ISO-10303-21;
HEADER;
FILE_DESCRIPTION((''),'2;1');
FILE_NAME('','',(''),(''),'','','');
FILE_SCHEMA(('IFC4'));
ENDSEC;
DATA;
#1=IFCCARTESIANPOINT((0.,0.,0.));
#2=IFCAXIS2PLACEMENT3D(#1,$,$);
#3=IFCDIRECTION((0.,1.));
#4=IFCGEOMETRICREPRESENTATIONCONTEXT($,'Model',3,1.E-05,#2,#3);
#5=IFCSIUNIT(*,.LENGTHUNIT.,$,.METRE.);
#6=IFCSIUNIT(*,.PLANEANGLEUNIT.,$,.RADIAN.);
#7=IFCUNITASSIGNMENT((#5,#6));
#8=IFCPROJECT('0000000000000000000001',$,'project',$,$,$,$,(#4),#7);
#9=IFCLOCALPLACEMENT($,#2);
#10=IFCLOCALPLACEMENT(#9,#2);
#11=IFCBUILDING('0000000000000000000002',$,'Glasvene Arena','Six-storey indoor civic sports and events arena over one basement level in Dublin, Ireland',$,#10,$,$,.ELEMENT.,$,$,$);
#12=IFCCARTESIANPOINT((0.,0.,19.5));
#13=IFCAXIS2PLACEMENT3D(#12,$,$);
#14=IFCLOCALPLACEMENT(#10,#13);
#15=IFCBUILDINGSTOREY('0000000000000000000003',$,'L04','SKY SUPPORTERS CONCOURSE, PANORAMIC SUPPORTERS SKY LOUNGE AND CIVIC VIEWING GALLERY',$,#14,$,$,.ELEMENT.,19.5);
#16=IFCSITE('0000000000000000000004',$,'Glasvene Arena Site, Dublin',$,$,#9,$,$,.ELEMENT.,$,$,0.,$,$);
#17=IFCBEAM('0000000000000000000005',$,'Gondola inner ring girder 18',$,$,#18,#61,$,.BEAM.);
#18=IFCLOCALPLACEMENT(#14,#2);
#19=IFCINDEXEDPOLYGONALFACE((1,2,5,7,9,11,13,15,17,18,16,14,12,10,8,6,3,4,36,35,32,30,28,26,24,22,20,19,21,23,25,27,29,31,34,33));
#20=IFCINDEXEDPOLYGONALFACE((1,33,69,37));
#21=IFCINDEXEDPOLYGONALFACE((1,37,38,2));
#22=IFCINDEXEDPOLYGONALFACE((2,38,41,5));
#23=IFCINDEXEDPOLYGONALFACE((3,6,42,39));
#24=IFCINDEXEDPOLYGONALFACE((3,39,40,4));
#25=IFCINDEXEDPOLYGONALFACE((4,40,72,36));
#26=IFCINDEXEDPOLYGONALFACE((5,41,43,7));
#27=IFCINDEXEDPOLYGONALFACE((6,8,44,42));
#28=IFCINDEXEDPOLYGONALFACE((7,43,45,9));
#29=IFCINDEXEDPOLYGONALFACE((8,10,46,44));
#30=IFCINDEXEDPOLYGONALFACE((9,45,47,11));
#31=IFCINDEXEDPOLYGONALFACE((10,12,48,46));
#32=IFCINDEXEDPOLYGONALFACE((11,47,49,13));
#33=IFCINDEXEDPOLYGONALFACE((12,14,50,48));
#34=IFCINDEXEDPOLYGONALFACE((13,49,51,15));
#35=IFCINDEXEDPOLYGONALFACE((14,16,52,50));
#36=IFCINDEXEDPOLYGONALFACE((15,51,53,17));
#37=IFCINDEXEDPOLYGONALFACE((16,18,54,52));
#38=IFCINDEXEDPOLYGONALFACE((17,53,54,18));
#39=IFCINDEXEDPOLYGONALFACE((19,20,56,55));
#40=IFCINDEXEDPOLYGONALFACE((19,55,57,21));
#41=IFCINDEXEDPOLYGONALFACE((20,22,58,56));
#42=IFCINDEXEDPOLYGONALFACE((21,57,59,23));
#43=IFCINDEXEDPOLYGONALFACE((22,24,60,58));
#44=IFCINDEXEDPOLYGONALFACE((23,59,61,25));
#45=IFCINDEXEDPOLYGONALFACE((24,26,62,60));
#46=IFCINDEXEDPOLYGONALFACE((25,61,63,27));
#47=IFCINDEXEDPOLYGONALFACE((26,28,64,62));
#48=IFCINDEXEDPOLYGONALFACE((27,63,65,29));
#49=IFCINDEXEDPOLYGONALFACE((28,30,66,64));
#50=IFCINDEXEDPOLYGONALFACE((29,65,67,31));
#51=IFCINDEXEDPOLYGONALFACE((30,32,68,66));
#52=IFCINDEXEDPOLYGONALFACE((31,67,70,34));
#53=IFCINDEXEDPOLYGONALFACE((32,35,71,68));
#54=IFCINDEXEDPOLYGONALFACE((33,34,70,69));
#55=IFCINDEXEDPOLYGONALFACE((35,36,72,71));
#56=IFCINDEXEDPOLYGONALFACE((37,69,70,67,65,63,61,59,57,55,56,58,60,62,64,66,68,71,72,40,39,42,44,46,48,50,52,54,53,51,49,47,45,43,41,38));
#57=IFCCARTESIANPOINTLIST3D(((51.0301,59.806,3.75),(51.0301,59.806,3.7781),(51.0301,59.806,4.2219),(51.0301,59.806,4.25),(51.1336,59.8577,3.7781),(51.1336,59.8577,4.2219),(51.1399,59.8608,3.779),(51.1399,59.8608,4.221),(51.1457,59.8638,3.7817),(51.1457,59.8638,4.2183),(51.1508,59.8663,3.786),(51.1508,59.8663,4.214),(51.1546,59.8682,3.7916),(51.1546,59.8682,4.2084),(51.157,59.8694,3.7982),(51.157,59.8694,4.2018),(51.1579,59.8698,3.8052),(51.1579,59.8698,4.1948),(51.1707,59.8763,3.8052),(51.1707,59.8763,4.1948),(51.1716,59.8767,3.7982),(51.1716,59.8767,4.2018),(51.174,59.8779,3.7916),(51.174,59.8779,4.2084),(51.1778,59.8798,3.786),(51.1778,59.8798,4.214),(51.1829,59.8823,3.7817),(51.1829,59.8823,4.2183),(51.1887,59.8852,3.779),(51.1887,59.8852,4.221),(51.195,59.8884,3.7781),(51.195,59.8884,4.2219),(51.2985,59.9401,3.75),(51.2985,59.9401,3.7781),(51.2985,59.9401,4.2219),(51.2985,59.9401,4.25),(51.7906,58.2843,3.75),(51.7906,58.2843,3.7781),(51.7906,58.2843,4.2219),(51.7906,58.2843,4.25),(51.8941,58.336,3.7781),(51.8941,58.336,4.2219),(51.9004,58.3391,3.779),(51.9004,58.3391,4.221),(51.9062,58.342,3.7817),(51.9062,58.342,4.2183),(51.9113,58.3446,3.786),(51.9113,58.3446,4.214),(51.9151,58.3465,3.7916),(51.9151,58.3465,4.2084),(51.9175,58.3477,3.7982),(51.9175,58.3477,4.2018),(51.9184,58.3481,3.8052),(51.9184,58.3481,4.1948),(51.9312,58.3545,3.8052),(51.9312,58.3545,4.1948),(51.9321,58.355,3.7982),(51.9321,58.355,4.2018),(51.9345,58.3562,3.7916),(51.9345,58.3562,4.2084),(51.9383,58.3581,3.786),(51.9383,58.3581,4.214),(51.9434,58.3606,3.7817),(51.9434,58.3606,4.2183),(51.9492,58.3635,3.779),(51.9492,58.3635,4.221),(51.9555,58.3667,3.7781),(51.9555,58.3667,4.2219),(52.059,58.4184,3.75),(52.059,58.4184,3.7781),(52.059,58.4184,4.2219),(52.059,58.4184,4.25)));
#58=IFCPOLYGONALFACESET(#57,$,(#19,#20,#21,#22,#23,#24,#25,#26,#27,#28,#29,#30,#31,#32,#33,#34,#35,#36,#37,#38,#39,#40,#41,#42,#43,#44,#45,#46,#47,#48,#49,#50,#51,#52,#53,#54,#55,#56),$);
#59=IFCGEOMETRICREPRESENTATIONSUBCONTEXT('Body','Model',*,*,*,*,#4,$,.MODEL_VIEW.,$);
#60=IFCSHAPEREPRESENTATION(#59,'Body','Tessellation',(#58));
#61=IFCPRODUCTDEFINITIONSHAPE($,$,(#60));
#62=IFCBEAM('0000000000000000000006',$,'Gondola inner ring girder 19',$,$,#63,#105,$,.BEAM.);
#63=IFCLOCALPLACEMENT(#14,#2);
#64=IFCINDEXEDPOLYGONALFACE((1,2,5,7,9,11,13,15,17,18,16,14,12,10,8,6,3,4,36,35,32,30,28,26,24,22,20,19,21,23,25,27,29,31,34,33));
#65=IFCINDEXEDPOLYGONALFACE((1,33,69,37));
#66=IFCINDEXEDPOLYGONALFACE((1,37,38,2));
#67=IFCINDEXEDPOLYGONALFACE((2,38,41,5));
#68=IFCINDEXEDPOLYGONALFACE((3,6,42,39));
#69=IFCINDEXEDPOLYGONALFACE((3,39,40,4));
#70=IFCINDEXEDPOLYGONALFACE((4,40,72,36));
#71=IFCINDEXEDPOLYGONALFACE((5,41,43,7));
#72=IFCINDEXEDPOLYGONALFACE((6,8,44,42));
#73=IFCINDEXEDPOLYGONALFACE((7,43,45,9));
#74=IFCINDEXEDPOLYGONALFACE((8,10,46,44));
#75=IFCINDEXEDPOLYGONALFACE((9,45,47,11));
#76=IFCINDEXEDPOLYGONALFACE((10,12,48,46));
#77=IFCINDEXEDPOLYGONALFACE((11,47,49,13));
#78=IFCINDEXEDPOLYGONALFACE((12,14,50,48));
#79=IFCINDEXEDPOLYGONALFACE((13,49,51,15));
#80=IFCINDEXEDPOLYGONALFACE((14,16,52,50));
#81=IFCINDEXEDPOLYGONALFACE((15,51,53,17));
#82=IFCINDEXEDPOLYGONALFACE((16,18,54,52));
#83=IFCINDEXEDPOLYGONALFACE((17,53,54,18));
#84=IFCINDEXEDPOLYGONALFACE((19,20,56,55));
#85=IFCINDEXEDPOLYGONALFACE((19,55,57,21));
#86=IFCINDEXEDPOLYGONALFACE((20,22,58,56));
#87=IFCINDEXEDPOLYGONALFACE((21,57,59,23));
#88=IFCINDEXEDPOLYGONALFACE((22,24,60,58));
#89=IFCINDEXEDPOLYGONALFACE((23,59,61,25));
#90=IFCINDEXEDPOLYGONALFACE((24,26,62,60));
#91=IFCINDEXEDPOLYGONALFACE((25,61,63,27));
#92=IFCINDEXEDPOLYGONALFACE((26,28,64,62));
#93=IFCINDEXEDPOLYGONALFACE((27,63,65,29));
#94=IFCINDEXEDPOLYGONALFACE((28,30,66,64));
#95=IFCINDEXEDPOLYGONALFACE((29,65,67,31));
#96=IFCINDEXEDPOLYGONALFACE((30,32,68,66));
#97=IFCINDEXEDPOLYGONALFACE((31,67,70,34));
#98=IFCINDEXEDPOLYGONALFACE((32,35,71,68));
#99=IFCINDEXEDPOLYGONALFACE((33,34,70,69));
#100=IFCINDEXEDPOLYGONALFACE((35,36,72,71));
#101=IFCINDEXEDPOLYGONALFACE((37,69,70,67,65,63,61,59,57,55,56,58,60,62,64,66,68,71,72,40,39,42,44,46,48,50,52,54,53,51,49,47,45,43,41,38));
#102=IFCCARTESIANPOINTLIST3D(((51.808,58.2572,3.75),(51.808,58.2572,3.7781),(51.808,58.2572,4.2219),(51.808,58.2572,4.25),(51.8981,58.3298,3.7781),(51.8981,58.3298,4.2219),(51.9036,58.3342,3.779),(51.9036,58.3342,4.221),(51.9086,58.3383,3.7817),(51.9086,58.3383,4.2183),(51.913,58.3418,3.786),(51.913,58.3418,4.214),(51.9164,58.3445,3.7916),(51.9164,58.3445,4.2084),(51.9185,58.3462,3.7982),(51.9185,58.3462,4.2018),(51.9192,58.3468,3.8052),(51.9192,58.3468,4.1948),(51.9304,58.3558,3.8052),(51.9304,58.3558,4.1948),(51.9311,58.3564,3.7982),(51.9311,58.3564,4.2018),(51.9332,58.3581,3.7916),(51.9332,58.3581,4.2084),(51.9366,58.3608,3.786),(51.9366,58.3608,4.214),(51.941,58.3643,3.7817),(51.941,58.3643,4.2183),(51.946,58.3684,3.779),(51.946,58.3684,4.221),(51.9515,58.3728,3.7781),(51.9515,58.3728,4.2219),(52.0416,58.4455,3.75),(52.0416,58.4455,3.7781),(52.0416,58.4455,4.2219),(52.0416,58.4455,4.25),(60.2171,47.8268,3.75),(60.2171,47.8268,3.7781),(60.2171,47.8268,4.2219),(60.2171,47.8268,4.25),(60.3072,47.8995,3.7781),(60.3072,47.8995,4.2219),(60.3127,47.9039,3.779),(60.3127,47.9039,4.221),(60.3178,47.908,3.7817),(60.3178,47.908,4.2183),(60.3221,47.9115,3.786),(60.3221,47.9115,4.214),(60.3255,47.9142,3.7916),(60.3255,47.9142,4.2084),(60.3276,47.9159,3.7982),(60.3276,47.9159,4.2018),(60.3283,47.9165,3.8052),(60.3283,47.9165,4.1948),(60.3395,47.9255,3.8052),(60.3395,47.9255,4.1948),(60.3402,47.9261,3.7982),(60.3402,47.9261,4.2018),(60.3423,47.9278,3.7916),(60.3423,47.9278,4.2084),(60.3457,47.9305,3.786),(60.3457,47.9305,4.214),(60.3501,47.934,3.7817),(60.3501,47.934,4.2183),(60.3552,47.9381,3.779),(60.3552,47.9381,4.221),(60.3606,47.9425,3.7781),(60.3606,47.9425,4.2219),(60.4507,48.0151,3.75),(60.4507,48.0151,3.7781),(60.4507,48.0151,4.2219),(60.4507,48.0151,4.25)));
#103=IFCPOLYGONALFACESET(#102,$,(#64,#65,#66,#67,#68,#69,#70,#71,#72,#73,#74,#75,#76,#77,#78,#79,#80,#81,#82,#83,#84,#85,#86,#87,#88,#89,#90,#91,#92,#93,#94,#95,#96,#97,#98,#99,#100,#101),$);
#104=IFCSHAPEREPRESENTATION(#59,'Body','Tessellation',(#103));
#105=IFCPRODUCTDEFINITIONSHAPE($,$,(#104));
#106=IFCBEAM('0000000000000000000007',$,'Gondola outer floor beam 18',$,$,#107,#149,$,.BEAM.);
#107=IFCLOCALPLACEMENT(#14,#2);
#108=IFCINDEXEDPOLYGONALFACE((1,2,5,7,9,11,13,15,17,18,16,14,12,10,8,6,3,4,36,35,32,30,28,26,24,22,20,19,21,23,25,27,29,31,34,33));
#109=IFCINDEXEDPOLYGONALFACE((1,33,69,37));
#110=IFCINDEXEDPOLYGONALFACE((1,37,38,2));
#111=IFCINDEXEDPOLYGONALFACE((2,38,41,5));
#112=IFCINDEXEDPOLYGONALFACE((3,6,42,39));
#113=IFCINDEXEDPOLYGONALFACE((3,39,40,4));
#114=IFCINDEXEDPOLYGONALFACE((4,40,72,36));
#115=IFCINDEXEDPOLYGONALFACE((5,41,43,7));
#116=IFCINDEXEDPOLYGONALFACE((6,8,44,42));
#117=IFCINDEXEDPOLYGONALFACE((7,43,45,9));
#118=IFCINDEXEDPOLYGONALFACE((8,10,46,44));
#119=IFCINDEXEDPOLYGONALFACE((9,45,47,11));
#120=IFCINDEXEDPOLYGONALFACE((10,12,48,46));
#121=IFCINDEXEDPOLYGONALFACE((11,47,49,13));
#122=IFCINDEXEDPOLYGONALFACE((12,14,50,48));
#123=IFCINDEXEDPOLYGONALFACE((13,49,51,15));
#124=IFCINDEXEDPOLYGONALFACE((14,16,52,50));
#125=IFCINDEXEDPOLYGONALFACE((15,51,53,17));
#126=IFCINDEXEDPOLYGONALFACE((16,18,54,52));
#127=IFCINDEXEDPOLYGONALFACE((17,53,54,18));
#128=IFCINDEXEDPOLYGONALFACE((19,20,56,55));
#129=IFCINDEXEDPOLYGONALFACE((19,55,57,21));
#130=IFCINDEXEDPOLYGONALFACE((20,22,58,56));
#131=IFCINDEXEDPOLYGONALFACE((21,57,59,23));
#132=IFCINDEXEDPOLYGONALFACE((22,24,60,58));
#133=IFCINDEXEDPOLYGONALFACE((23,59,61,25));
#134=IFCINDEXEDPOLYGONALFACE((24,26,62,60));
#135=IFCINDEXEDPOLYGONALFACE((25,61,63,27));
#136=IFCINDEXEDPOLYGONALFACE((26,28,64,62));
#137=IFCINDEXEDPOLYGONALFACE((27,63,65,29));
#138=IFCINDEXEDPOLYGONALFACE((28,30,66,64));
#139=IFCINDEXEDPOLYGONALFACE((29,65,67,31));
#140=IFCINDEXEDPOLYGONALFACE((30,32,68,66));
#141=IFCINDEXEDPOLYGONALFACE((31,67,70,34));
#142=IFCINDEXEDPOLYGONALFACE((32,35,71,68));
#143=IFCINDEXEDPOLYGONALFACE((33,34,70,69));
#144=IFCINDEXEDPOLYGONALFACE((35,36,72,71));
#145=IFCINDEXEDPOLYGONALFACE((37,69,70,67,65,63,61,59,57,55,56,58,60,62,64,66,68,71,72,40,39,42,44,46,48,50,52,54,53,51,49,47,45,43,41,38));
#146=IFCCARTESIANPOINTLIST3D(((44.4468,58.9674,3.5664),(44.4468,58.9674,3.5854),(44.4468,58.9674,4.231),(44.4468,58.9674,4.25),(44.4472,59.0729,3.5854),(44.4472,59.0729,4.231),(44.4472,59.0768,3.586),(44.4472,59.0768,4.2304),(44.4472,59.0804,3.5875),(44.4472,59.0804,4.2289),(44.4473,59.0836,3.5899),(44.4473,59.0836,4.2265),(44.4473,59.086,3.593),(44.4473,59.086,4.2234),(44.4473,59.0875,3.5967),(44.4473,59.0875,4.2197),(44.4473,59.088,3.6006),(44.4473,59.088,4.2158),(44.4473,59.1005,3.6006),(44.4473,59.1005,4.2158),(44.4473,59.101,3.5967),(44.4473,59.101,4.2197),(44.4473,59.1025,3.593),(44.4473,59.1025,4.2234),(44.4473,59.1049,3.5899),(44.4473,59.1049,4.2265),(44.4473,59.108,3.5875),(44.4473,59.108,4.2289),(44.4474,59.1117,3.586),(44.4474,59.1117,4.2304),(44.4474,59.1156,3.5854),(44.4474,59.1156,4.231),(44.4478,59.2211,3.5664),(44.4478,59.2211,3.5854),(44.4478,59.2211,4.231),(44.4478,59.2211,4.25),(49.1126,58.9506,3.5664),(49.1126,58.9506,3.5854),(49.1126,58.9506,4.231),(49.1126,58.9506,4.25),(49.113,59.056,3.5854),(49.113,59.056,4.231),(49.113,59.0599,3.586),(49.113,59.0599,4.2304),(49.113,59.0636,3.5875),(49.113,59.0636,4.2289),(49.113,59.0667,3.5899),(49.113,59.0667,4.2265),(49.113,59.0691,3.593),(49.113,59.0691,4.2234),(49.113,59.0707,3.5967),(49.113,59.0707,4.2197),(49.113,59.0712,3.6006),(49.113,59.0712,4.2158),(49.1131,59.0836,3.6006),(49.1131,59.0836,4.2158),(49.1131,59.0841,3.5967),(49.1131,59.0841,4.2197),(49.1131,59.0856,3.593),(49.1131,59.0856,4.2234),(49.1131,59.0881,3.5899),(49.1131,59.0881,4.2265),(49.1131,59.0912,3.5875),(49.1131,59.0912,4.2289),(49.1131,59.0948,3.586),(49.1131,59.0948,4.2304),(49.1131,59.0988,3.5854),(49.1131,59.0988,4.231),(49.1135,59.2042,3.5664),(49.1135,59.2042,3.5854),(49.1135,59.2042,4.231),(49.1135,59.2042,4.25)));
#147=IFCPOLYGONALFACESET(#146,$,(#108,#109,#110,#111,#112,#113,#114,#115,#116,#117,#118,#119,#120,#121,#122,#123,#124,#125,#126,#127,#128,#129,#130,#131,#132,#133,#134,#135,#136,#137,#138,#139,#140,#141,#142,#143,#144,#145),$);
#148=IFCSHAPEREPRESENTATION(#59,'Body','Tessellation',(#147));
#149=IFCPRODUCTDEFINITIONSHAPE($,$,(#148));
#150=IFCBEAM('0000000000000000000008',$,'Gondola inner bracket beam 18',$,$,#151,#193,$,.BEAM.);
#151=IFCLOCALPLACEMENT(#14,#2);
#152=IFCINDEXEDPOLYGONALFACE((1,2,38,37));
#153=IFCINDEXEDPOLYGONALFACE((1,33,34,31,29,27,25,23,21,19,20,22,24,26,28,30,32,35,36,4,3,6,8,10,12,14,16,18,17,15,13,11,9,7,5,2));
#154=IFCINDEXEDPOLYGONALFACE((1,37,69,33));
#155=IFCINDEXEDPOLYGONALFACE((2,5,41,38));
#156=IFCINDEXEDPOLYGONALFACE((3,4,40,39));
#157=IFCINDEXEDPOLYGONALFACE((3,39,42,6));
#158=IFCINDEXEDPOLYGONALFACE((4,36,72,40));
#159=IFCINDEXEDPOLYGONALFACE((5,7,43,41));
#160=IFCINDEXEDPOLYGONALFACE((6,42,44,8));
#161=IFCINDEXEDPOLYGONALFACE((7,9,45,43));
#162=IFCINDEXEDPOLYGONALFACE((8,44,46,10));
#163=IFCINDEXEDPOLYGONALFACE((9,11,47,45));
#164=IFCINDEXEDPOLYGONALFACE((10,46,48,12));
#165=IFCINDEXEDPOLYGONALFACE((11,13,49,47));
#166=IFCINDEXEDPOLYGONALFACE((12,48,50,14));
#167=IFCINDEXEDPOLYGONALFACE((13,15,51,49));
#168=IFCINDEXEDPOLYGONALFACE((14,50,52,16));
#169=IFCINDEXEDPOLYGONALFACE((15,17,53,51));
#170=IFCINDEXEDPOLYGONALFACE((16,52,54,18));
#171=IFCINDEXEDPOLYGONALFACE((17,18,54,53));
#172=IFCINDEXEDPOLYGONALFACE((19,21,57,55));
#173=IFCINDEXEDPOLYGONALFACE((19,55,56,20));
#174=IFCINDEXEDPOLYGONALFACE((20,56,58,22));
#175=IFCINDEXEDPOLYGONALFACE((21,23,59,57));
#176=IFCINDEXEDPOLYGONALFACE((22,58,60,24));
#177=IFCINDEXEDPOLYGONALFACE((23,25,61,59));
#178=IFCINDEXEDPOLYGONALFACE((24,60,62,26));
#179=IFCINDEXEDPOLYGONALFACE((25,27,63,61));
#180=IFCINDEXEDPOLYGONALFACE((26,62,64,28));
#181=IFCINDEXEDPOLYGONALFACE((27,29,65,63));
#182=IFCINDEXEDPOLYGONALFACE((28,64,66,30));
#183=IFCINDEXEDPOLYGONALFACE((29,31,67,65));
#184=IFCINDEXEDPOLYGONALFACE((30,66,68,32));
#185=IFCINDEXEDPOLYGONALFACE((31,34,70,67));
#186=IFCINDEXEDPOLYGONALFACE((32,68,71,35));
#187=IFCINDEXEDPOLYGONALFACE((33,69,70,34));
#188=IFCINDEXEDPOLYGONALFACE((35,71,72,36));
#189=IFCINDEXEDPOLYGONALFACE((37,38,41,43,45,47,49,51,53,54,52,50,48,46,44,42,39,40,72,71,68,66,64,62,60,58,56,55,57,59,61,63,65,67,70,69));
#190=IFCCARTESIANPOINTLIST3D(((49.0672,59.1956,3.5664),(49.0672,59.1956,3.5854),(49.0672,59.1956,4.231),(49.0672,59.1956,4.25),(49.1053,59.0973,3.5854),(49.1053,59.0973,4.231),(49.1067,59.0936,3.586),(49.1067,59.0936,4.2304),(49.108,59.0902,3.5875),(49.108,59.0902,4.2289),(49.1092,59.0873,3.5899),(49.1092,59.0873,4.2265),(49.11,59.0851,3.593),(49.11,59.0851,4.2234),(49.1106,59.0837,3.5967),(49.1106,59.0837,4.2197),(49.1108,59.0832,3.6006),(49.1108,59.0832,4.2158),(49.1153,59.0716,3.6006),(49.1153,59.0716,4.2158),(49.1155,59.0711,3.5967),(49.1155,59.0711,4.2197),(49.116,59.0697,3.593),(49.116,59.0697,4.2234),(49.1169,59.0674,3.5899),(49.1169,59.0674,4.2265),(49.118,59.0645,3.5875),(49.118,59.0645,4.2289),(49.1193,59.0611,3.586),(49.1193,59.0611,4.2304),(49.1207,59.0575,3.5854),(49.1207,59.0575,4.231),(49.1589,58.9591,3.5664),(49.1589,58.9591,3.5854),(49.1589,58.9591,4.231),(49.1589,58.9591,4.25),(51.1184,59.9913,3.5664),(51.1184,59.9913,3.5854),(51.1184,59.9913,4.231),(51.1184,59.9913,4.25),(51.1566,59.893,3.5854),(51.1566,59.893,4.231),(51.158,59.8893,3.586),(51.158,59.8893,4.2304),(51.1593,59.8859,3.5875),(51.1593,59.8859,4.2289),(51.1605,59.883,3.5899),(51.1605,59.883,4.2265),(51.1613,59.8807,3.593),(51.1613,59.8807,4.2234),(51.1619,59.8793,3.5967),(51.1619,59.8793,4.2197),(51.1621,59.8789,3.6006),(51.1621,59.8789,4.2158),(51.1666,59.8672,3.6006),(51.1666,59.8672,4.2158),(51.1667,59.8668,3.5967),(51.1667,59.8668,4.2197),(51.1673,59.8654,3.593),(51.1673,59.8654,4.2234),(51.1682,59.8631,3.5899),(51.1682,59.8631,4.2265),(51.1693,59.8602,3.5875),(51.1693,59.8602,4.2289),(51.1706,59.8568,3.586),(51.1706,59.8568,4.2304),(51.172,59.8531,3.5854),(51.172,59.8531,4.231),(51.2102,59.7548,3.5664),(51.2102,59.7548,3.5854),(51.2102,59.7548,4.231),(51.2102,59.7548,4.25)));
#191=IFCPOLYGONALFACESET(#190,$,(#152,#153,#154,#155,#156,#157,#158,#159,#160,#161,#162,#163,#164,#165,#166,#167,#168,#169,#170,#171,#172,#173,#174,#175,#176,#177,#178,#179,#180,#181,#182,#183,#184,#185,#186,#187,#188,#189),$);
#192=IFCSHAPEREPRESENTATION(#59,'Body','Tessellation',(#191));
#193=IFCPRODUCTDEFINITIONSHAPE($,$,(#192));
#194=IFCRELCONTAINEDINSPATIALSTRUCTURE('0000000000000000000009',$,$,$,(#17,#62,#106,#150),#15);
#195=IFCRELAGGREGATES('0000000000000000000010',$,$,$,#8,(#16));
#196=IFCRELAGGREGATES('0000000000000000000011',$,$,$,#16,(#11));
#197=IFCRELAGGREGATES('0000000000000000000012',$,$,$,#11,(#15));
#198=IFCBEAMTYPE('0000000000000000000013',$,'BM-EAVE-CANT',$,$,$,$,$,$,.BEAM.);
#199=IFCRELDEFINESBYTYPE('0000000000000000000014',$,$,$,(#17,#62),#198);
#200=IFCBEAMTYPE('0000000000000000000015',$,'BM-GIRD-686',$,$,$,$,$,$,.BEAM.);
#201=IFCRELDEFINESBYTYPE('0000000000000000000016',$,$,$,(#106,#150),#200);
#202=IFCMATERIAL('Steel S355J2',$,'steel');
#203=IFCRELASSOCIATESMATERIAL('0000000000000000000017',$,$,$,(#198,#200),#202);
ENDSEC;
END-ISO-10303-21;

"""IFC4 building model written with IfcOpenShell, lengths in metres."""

from ifc_helpers import new_model, si_unit, direction, frame, origin, origin_2d, place, context, subcontext, project, spatial, i_section, extrude, material, material_profile, profile_set, type_object, element, save


model = new_model("IFC4")

# Units and contexts
model_context = context("Model", 3, precision=1e-05, world=origin(), true_north=direction((0.0, 1.0)))
body_context = subcontext(model_context, "Body", "Model", "MODEL_VIEW")
ifc_project = project(units=[si_unit("LENGTHUNIT", "METRE"), si_unit("PLANEANGLEUNIT", "RADIAN")], contexts=[model_context])

# Site, building, storey
site_placement = place(None, origin())
site = spatial("IfcSite", under=ifc_project, at=site_placement, Name="Glasvene Arena Site, Dublin", CompositionType="ELEMENT", RefElevation=0.0)
building_placement = place(site_placement, origin())
building = spatial("IfcBuilding", under=site, at=building_placement, Name="Glasvene Arena", Description="Six-storey indoor civic sports and events arena over one basement level in Dublin, Ireland", CompositionType="ELEMENT")
storey_placement = place(building_placement, frame((0.0, 0.0, 19.5)))
storey = spatial("IfcBuildingStorey", under=building, at=storey_placement, Name="L04", Description="SKY SUPPORTERS CONCOURSE, PANORAMIC SUPPORTERS SKY LOUNGE AND CIVIC VIEWING GALLERY", CompositionType="ELEMENT", Elevation=19.5)

# Shared definitions
ifc_material_1 = material(Name="Steel S355J2", Category="steel")

# Beams
ifc_material_profile_1 = material_profile(ifc_material_1, i_section(OverallWidth=0.3, OverallDepth=0.5, WebThickness=0.0144, FlangeThickness=0.0281, FilletRadius=0.0271, at=origin_2d()), Name="HEB 500")
ifc_profile_set_1 = profile_set([ifc_material_profile_1], Name="Steel S355J2")
beam_type_1 = type_object("IfcBeamType", Name="BM-EAVE-CANT", PredefinedType="BEAM", material=ifc_profile_set_1)
beam_1_placement = place(storey_placement, frame((51.1643, 59.873, 4.0), z_axis=(0.447041, -0.894513, 0.0), x_axis=(0.894513, 0.447041, 0.0)))
element("IfcBeam", 1, at=beam_1_placement, inside=storey, type_object=beam_type_1, Name="Gondola inner ring girder 18", PredefinedType="BEAM", context=body_context, shape_type="SweptSolid", body=[
    extrude(i_section(OverallWidth=0.3, OverallDepth=0.5, WebThickness=0.0144, FlangeThickness=0.0281, FilletRadius=0.0271, at=origin_2d()), origin(), (0.0, 0.0, 1.0), 1.7012),
])
beam_2_placement = place(storey_placement, frame((51.9248, 58.3513, 4.0), z_axis=(0.627642, -0.778502, 0.0), x_axis=(0.778502, 0.627642, 0.0)))
element("IfcBeam", 2, at=beam_2_placement, inside=storey, type_object=beam_type_1, Name="Gondola inner ring girder 19", PredefinedType="BEAM", context=body_context, shape_type="SweptSolid", body=[
    extrude(i_section(OverallWidth=0.3, OverallDepth=0.5, WebThickness=0.0144, FlangeThickness=0.0281, FilletRadius=0.0271, at=origin_2d()), origin(), (0.0, 0.0, 1.0), 13.3979),
])
ifc_material_profile_2 = material_profile(ifc_material_1, i_section(OverallWidth=0.2537, OverallDepth=0.6836, WebThickness=0.0125, FlangeThickness=0.019, FilletRadius=0.0151, at=origin_2d()), Name="UKB 686x254x140")
ifc_profile_set_2 = profile_set([ifc_material_profile_2], Name="Steel S355J2")
beam_type_2 = type_object("IfcBeamType", Name="BM-GIRD-686", PredefinedType="BEAM", material=ifc_profile_set_2)
beam_3_placement = place(storey_placement, frame((49.113, 59.0774, 3.9082), z_axis=(-0.999993, 0.00361, 0.0), x_axis=(-0.00361, -0.999993, 0.0)))
element("IfcBeam", 3, at=beam_3_placement, inside=storey, type_object=beam_type_2, Name="Gondola outer floor beam 18", PredefinedType="BEAM", context=body_context, shape_type="SweptSolid", body=[
    extrude(i_section(OverallWidth=0.2537, OverallDepth=0.6836, WebThickness=0.0125, FlangeThickness=0.019, FilletRadius=0.0151, at=origin_2d()), origin(), (0.0, 0.0, 1.0), 4.6658),
])
beam_4_placement = place(storey_placement, frame((51.1643, 59.873, 3.9082), z_axis=(-0.932321, -0.361632, 0.0), x_axis=(0.361632, -0.932321, 0.0)))
element("IfcBeam", 4, at=beam_4_placement, inside=storey, type_object=beam_type_2, Name="Gondola inner bracket beam 18", PredefinedType="BEAM", context=body_context, shape_type="SweptSolid", body=[
    extrude(i_section(OverallWidth=0.2537, OverallDepth=0.6836, WebThickness=0.0125, FlangeThickness=0.019, FilletRadius=0.0151, at=origin_2d()), origin(), (0.0, 0.0, 1.0), 2.2002),
])

save(model, "model.ifc")
